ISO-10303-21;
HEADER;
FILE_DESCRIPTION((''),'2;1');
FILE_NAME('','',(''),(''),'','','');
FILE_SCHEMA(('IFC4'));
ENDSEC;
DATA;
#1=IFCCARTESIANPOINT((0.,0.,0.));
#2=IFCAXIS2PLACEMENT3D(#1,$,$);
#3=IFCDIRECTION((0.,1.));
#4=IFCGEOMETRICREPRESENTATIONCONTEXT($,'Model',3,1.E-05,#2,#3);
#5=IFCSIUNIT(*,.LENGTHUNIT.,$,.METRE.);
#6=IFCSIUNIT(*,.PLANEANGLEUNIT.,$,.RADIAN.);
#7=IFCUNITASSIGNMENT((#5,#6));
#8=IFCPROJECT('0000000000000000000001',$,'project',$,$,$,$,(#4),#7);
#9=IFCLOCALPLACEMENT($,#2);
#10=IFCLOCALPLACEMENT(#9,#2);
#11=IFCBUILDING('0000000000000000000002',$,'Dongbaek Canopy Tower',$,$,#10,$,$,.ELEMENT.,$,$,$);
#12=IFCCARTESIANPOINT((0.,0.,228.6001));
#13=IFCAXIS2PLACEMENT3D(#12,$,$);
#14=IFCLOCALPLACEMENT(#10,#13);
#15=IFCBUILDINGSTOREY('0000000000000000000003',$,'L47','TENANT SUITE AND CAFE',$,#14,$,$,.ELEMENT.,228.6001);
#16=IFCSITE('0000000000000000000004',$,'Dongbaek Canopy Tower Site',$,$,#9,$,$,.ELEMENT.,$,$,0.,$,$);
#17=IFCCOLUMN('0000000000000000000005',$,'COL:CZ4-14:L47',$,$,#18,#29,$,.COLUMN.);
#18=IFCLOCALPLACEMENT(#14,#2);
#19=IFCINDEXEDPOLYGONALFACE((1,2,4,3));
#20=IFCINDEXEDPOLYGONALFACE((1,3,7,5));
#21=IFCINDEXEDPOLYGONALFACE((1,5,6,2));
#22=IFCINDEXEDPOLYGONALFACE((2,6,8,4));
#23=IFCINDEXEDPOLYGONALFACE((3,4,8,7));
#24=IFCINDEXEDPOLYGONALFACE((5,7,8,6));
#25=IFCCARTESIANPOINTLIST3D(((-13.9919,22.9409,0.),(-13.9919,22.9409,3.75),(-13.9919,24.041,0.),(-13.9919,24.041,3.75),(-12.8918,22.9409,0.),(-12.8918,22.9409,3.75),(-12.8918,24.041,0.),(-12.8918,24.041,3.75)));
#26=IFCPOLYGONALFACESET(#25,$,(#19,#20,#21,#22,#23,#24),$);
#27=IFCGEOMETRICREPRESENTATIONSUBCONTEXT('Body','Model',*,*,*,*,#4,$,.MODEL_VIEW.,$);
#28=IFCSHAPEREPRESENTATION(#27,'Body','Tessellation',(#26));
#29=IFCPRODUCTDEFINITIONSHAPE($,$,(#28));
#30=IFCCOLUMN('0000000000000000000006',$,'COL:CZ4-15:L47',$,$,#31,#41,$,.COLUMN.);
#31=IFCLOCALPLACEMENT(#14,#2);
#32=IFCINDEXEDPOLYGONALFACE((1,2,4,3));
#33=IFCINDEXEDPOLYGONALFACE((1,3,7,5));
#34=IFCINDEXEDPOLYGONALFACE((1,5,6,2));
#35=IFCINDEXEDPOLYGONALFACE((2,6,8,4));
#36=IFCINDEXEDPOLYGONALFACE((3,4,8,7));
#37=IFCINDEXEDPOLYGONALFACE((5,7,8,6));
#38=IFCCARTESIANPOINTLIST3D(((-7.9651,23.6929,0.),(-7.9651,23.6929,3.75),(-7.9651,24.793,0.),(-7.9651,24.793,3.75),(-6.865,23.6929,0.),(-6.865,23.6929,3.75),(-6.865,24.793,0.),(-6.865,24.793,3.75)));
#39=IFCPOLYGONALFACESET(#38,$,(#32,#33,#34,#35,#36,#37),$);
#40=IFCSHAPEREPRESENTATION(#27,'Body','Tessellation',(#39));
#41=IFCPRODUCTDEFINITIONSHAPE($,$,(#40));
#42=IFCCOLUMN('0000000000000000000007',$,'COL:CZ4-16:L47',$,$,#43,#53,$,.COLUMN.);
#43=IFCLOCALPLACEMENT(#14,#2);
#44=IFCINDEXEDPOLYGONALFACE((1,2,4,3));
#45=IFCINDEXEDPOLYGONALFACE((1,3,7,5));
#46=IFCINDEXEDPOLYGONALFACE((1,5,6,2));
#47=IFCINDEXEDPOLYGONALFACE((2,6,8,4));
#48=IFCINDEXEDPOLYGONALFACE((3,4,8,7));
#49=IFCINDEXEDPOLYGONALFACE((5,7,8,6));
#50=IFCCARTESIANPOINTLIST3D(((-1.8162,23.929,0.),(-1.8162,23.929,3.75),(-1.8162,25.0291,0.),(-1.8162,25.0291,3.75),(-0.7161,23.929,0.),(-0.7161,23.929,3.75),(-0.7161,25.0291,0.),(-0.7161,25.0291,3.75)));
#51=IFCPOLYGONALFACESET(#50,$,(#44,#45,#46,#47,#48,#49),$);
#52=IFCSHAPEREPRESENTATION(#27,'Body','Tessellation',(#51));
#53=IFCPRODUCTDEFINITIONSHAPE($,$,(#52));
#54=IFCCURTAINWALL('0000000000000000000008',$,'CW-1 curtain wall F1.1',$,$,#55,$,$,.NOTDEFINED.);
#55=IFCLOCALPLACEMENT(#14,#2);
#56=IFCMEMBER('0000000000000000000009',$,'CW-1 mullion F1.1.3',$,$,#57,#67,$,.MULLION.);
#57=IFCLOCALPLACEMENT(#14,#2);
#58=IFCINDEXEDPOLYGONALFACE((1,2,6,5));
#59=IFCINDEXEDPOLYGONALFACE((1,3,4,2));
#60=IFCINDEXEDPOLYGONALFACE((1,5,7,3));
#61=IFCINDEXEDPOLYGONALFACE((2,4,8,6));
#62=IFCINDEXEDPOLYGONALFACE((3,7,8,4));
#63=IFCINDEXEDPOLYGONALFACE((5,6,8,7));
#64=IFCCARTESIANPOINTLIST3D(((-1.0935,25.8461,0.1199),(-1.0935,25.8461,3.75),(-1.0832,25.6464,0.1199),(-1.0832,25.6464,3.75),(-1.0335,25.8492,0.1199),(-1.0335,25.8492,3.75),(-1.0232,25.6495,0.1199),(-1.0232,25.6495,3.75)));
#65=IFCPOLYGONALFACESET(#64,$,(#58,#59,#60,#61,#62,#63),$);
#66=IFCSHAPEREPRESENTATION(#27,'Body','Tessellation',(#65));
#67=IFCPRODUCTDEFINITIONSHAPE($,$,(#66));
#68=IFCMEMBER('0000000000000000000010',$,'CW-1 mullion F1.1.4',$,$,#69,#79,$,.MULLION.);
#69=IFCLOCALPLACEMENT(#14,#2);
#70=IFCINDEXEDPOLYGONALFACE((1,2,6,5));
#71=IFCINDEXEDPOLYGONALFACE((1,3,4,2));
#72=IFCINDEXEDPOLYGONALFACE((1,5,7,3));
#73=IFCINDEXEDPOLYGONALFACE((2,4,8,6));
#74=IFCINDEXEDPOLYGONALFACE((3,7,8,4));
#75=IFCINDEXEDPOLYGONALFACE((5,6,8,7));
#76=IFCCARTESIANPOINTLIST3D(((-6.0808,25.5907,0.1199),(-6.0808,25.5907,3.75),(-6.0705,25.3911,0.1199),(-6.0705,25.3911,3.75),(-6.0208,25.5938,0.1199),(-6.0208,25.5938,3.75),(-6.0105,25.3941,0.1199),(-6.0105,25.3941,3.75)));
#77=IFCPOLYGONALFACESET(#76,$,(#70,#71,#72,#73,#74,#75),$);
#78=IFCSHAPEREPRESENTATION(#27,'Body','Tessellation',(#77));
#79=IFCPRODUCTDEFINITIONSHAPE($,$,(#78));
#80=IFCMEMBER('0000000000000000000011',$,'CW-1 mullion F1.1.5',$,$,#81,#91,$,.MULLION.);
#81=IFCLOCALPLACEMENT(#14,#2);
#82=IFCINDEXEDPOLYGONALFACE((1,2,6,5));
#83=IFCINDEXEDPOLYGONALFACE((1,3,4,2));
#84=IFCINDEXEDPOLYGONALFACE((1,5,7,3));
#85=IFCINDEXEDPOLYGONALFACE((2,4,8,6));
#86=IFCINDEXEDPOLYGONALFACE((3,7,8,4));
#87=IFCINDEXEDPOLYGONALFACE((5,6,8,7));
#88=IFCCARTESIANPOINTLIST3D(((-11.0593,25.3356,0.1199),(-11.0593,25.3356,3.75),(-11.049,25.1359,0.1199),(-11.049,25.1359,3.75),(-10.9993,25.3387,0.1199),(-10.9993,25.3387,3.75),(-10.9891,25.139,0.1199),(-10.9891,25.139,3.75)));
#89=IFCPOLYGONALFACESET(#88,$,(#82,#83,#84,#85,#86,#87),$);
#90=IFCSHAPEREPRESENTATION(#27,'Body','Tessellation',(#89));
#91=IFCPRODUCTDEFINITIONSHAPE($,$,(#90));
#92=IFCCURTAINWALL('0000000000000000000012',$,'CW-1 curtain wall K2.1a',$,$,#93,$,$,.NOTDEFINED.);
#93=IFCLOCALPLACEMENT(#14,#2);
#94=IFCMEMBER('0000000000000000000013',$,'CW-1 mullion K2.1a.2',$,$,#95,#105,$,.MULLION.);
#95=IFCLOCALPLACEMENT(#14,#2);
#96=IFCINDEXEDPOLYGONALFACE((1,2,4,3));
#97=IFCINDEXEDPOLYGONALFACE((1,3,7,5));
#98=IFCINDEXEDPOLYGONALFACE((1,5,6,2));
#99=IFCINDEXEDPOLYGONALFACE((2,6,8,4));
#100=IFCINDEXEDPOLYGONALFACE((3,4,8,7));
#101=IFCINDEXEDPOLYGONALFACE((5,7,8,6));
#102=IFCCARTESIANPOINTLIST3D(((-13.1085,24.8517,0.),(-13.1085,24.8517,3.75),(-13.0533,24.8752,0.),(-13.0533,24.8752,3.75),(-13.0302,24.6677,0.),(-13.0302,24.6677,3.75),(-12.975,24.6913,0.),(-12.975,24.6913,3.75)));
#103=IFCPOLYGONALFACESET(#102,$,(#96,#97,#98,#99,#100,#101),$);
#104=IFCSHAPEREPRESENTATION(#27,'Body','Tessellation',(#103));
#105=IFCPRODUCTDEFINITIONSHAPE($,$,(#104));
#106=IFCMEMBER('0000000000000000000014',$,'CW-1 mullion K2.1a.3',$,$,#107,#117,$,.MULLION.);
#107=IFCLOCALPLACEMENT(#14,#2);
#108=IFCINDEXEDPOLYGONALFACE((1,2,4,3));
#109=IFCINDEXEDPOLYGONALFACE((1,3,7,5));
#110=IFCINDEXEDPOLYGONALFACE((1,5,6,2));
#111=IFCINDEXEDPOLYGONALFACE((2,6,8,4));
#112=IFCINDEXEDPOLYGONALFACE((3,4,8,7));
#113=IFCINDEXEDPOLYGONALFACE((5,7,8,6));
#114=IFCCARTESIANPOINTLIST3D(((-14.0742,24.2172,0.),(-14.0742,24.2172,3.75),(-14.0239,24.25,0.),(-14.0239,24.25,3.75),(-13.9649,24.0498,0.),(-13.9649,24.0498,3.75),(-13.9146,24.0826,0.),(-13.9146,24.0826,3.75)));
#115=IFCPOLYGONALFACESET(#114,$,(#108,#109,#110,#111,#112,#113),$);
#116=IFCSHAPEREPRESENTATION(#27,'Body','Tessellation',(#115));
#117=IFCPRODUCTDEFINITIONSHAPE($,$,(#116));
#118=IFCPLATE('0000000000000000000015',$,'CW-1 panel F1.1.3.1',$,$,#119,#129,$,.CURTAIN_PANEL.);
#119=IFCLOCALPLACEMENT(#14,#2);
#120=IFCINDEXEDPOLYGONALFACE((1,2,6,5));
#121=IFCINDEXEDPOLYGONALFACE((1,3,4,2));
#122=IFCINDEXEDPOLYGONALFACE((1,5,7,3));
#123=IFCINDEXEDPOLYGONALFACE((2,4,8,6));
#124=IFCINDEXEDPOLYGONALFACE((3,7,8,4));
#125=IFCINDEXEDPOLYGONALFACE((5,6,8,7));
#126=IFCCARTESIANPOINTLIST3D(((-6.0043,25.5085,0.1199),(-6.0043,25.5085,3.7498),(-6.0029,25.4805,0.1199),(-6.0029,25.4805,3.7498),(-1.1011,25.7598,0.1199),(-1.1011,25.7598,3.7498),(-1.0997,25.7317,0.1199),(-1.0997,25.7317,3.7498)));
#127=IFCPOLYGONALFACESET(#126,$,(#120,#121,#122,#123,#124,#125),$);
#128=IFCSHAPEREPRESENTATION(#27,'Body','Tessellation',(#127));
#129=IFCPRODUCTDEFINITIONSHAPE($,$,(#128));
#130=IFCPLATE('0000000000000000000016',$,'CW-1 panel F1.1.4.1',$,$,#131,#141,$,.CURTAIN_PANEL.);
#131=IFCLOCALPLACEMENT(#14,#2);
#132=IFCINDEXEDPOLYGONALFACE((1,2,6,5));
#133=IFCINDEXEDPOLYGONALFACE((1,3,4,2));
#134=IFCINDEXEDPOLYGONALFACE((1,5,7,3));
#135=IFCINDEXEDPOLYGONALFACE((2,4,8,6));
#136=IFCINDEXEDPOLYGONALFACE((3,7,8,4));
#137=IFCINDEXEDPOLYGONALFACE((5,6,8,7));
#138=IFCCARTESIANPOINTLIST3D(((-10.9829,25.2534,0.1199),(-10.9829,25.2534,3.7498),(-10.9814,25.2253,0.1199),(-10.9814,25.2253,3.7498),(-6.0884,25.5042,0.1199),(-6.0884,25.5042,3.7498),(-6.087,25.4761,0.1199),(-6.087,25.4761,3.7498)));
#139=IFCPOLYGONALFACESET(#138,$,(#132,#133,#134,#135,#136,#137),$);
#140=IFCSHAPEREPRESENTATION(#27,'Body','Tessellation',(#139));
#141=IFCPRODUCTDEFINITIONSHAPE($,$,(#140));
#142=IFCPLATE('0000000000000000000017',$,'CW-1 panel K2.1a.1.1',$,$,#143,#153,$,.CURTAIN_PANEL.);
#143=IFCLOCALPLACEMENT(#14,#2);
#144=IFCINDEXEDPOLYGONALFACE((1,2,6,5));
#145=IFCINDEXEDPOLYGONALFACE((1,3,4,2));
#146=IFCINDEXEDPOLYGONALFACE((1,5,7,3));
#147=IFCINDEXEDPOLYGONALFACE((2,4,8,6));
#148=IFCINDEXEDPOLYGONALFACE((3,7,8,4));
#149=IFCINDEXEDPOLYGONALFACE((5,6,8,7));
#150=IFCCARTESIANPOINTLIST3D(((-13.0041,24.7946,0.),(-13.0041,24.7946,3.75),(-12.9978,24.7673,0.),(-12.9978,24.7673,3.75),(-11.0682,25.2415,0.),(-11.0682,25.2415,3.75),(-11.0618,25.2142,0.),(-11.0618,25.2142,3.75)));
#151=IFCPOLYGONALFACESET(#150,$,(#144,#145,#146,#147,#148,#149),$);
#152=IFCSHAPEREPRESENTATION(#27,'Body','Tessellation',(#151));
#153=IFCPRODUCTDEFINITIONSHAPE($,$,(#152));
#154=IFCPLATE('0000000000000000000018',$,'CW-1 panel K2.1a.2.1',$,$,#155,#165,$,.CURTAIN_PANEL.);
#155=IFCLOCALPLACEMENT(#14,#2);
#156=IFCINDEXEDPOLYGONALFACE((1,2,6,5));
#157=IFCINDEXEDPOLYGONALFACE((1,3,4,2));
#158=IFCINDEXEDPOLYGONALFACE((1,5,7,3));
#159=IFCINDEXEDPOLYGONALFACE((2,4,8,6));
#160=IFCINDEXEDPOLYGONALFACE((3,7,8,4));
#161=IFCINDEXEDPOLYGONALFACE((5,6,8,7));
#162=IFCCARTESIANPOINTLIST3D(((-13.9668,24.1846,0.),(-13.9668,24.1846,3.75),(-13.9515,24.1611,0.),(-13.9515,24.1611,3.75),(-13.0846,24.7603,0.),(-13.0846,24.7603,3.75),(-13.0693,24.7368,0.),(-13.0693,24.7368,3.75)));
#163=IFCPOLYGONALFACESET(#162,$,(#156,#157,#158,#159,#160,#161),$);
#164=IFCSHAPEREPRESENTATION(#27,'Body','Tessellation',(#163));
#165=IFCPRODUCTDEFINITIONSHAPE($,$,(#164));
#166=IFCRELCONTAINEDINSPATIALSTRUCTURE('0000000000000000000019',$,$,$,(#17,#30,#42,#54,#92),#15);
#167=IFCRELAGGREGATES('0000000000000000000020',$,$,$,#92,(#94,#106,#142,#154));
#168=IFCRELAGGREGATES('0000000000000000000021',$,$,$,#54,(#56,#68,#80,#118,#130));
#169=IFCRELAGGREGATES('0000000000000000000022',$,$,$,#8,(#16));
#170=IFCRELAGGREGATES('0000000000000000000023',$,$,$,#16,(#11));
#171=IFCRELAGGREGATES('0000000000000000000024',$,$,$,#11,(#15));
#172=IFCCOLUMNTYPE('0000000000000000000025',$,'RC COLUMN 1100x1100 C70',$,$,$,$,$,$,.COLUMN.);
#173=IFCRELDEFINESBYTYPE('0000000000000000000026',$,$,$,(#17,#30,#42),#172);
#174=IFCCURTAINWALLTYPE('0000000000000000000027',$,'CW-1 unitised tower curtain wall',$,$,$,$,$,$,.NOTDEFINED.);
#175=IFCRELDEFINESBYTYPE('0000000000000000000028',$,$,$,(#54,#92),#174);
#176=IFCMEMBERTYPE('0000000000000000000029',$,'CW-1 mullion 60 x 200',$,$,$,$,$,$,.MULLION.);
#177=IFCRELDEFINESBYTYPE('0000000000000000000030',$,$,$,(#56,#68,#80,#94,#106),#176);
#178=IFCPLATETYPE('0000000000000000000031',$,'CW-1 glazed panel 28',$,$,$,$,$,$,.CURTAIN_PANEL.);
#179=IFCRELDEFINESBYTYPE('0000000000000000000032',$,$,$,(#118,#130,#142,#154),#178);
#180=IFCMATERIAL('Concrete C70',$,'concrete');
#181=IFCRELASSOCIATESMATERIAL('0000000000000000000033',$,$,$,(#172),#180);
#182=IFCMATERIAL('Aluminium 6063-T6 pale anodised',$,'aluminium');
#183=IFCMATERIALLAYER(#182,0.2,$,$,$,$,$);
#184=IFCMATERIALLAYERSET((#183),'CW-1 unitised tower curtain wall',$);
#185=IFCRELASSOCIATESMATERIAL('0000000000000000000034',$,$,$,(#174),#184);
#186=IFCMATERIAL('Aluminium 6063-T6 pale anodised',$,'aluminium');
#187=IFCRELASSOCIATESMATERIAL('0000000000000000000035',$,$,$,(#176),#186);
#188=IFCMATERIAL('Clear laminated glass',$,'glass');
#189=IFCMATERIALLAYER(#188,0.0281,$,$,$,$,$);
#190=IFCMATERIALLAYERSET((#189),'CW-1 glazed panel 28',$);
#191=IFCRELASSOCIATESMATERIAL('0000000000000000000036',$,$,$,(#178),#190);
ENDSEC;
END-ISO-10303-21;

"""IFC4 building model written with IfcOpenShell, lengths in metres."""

from ifc_helpers import new_model, si_unit, direction, frame, origin, origin_2d, place, context, subcontext, project, spatial, rectangle, extrude, material, layer, layer_set, material_profile, profile_set, type_object, element, aggregate, save


model = new_model("IFC4")

# Units and contexts
model_context = context("Model", 3, precision=1e-05, world=origin(), true_north=direction((0.0, 1.0)))
body_context = subcontext(model_context, "Body", "Model", "MODEL_VIEW")
ifc_project = project(units=[si_unit("LENGTHUNIT", "METRE"), si_unit("PLANEANGLEUNIT", "RADIAN")], contexts=[model_context])

# Site, building, storey
site_placement = place(None, origin())
site = spatial("IfcSite", under=ifc_project, at=site_placement, Name="Dongbaek Canopy Tower Site", CompositionType="ELEMENT", RefElevation=0.0)
building_placement = place(site_placement, origin())
building = spatial("IfcBuilding", under=site, at=building_placement, Name="Dongbaek Canopy Tower", CompositionType="ELEMENT")
storey_placement = place(building_placement, frame((0.0, 0.0, 228.6001)))
storey = spatial("IfcBuildingStorey", under=building, at=storey_placement, Name="L47", Description="TENANT SUITE AND CAFE", CompositionType="ELEMENT", Elevation=228.6001)

# Columns
ifc_material_1 = material(Name="Concrete C70", Category="concrete")
ifc_material_profile_1 = material_profile(ifc_material_1, rectangle(XDim=1.1001, YDim=1.1001, at=origin_2d()), Name="RC COLUMN 1100x1100 C70")
ifc_profile_set_1 = profile_set([ifc_material_profile_1], Name="Concrete C70")
column_type = type_object("IfcColumnType", Name="RC COLUMN 1100x1100 C70", PredefinedType="COLUMN", material=ifc_profile_set_1)
for number, where, z_axis, x_axis, name in (
    (1, (-13.4419, 23.491, 0.0), (0.0, 0.0, 1.0), (1.0, 0.0, 0.0), "COL:CZ4-14:L47"),
    (2, (-7.415, 24.2429, 0.0), (0.0, 0.0, 1.0), (1.0, 0.0, 0.0), "COL:CZ4-15:L47"),
    (3, (-1.2661, 24.479, 0.0), (0.0, 0.0, 1.0), (1.0, 0.0, 0.0), "COL:CZ4-16:L47"),
):
    element("IfcColumn", number, at=place(storey_placement, frame(where, z_axis=z_axis, x_axis=x_axis)), inside=storey, type_object=column_type, Name=name, PredefinedType="COLUMN", context=body_context, shape_type="SweptSolid", body=[
        extrude(rectangle(XDim=1.1001, YDim=1.1001, at=origin_2d()), origin(), (0.0, 0.0, 1.0), 3.75),
    ])

# Curtain walls, members
ifc_material_2 = material(Name="Aluminium 6063-T6 pale anodised", Category="aluminium")
ifc_layer_1 = layer(ifc_material_2, 0.2)
ifc_layer_set_1 = layer_set([ifc_layer_1], Name="CW-1 unitised tower curtain wall")
curtain_wall_type = type_object("IfcCurtainWallType", Name="CW-1 unitised tower curtain wall", PredefinedType="NOTDEFINED", material=ifc_layer_set_1)
curtain_wall_1_placement = place(storey_placement, origin())
curtain_wall_1 = element("IfcCurtainWall", 4, at=curtain_wall_1_placement, inside=storey, type_object=curtain_wall_type, Name="CW-1 curtain wall F1.1", PredefinedType="NOTDEFINED")
ifc_material_3 = material(Name="Aluminium 6063-T6 pale anodised", Category="aluminium")
ifc_material_profile_2 = material_profile(ifc_material_3, rectangle(XDim=0.2, YDim=0.0601, at=origin_2d()), Name="CW-1 mullion 60 x 200")
ifc_profile_set_2 = profile_set([ifc_material_profile_2], Name="Aluminium 6063-T6 pale anodised")
member_type = type_object("IfcMemberType", Name="CW-1 mullion 60 x 200", PredefinedType="MULLION", material=ifc_profile_set_2)
member_1_placement = place(storey_placement, frame((-1.0583, 25.7478, 0.1199), z_axis=(0.0, 0.0, 1.0), x_axis=(-0.051171, 0.99869, 0.0)))
member_1 = element("IfcMember", 5, at=member_1_placement, type_object=member_type, Name="CW-1 mullion F1.1.3", PredefinedType="MULLION", context=body_context, shape_type="SweptSolid", body=[
    extrude(rectangle(XDim=0.2, YDim=0.0601, at=origin_2d()), origin(), (0.0, 0.0, 1.0), 3.6301),
])
member_2_placement = place(storey_placement, frame((-6.0457, 25.4924, 0.1199), z_axis=(0.0, 0.0, 1.0), x_axis=(-0.051171, 0.99869, 0.0)))
member_2 = element("IfcMember", 6, at=member_2_placement, type_object=member_type, Name="CW-1 mullion F1.1.4", PredefinedType="MULLION", context=body_context, shape_type="SweptSolid", body=[
    extrude(rectangle(XDim=0.2, YDim=0.0601, at=origin_2d()), origin(), (0.0, 0.0, 1.0), 3.6301),
])
member_3_placement = place(storey_placement, frame((-11.0242, 25.2373, 0.1199), z_axis=(0.0, 0.0, 1.0), x_axis=(-0.051171, 0.99869, 0.0)))
member_3 = element("IfcMember", 7, at=member_3_placement, type_object=member_type, Name="CW-1 mullion F1.1.5", PredefinedType="MULLION", context=body_context, shape_type="SweptSolid", body=[
    extrude(rectangle(XDim=0.2, YDim=0.0601, at=origin_2d()), origin(), (0.0, 0.0, 1.0), 3.6301),
])
curtain_wall_2_placement = place(storey_placement, origin())
curtain_wall_2 = element("IfcCurtainWall", 8, at=curtain_wall_2_placement, inside=storey, type_object=curtain_wall_type, Name="CW-1 curtain wall K2.1a", PredefinedType="NOTDEFINED")
member_4_placement = place(storey_placement, frame((-13.0417, 24.7715, 0.0), z_axis=(0.0, 0.0, 1.0), x_axis=(-0.391763, 0.920066, 0.0)))
member_4 = element("IfcMember", 9, at=member_4_placement, type_object=member_type, Name="CW-1 mullion K2.1a.2", PredefinedType="MULLION", context=body_context, shape_type="SweptSolid", body=[
    extrude(rectangle(XDim=0.2, YDim=0.0601, at=origin_2d()), origin(), (0.0, 0.0, 1.0), 3.75),
])
member_5_placement = place(storey_placement, frame((-13.9944, 24.1499, 0.0), z_axis=(0.0, 0.0, 1.0), x_axis=(-0.546537, 0.837435, 0.0)))
member_5 = element("IfcMember", 10, at=member_5_placement, type_object=member_type, Name="CW-1 mullion K2.1a.3", PredefinedType="MULLION", context=body_context, shape_type="SweptSolid", body=[
    extrude(rectangle(XDim=0.2, YDim=0.0601, at=origin_2d()), origin(), (0.0, 0.0, 1.0), 3.75),
])

# Plates
ifc_material_4 = material(Name="Clear laminated glass", Category="glass")
ifc_layer_2 = layer(ifc_material_4, 0.0281)
ifc_layer_set_2 = layer_set([ifc_layer_2], Name="CW-1 glazed panel 28")
plate_type = type_object("IfcPlateType", Name="CW-1 glazed panel 28", PredefinedType="CURTAIN_PANEL", material=ifc_layer_set_2)
plate_1_placement = place(storey_placement, frame((-3.552, 25.6201, 0.1199), z_axis=(0.0, 0.0, 1.0), x_axis=(-0.99869, -0.051171, 0.0)))
plate_1 = element("IfcPlate", 11, at=plate_1_placement, type_object=plate_type, Name="CW-1 panel F1.1.3.1", PredefinedType="CURTAIN_PANEL", context=body_context, shape_type="SweptSolid", body=[
    extrude(rectangle(XDim=4.9097, YDim=0.0281, at=origin_2d()), origin(), (0.0, 0.0, 1.0), 3.6299),
])
plate_2_placement = place(storey_placement, frame((-8.5349, 25.3647, 0.1199), z_axis=(0.0, 0.0, 1.0), x_axis=(-0.99869, -0.051171, 0.0)))
plate_2 = element("IfcPlate", 12, at=plate_2_placement, type_object=plate_type, Name="CW-1 panel F1.1.4.1", PredefinedType="CURTAIN_PANEL", context=body_context, shape_type="SweptSolid", body=[
    extrude(rectangle(XDim=4.9009, YDim=0.0281, at=origin_2d()), origin(), (0.0, 0.0, 1.0), 3.6299),
])
plate_3_placement = place(storey_placement, frame((-12.033, 25.0044, 0.0), z_axis=(0.0, 0.0, 1.0), x_axis=(-0.974375, -0.224929, 0.0)))
plate_3 = element("IfcPlate", 13, at=plate_3_placement, type_object=plate_type, Name="CW-1 panel K2.1a.1.1", PredefinedType="CURTAIN_PANEL", context=body_context, shape_type="SweptSolid", body=[
    extrude(rectangle(XDim=1.9868, YDim=0.0281, at=origin_2d()), origin(), (0.0, 0.0, 1.0), 3.75),
])
plate_4_placement = place(storey_placement, frame((-13.5181, 24.4607, 0.0), z_axis=(0.0, 0.0, 1.0), x_axis=(-0.837435, -0.546537, 0.0)))
plate_4 = element("IfcPlate", 14, at=plate_4_placement, type_object=plate_type, Name="CW-1 panel K2.1a.2.1", PredefinedType="CURTAIN_PANEL", context=body_context, shape_type="SweptSolid", body=[
    extrude(rectangle(XDim=1.0535, YDim=0.0281, at=origin_2d()), origin(), (0.0, 0.0, 1.0), 3.75),
])
aggregate(curtain_wall_2, [member_4, member_5, plate_3, plate_4])

aggregate(curtain_wall_1, [member_1, member_2, member_3, plate_1, plate_2])

save(model, "model.ifc")
